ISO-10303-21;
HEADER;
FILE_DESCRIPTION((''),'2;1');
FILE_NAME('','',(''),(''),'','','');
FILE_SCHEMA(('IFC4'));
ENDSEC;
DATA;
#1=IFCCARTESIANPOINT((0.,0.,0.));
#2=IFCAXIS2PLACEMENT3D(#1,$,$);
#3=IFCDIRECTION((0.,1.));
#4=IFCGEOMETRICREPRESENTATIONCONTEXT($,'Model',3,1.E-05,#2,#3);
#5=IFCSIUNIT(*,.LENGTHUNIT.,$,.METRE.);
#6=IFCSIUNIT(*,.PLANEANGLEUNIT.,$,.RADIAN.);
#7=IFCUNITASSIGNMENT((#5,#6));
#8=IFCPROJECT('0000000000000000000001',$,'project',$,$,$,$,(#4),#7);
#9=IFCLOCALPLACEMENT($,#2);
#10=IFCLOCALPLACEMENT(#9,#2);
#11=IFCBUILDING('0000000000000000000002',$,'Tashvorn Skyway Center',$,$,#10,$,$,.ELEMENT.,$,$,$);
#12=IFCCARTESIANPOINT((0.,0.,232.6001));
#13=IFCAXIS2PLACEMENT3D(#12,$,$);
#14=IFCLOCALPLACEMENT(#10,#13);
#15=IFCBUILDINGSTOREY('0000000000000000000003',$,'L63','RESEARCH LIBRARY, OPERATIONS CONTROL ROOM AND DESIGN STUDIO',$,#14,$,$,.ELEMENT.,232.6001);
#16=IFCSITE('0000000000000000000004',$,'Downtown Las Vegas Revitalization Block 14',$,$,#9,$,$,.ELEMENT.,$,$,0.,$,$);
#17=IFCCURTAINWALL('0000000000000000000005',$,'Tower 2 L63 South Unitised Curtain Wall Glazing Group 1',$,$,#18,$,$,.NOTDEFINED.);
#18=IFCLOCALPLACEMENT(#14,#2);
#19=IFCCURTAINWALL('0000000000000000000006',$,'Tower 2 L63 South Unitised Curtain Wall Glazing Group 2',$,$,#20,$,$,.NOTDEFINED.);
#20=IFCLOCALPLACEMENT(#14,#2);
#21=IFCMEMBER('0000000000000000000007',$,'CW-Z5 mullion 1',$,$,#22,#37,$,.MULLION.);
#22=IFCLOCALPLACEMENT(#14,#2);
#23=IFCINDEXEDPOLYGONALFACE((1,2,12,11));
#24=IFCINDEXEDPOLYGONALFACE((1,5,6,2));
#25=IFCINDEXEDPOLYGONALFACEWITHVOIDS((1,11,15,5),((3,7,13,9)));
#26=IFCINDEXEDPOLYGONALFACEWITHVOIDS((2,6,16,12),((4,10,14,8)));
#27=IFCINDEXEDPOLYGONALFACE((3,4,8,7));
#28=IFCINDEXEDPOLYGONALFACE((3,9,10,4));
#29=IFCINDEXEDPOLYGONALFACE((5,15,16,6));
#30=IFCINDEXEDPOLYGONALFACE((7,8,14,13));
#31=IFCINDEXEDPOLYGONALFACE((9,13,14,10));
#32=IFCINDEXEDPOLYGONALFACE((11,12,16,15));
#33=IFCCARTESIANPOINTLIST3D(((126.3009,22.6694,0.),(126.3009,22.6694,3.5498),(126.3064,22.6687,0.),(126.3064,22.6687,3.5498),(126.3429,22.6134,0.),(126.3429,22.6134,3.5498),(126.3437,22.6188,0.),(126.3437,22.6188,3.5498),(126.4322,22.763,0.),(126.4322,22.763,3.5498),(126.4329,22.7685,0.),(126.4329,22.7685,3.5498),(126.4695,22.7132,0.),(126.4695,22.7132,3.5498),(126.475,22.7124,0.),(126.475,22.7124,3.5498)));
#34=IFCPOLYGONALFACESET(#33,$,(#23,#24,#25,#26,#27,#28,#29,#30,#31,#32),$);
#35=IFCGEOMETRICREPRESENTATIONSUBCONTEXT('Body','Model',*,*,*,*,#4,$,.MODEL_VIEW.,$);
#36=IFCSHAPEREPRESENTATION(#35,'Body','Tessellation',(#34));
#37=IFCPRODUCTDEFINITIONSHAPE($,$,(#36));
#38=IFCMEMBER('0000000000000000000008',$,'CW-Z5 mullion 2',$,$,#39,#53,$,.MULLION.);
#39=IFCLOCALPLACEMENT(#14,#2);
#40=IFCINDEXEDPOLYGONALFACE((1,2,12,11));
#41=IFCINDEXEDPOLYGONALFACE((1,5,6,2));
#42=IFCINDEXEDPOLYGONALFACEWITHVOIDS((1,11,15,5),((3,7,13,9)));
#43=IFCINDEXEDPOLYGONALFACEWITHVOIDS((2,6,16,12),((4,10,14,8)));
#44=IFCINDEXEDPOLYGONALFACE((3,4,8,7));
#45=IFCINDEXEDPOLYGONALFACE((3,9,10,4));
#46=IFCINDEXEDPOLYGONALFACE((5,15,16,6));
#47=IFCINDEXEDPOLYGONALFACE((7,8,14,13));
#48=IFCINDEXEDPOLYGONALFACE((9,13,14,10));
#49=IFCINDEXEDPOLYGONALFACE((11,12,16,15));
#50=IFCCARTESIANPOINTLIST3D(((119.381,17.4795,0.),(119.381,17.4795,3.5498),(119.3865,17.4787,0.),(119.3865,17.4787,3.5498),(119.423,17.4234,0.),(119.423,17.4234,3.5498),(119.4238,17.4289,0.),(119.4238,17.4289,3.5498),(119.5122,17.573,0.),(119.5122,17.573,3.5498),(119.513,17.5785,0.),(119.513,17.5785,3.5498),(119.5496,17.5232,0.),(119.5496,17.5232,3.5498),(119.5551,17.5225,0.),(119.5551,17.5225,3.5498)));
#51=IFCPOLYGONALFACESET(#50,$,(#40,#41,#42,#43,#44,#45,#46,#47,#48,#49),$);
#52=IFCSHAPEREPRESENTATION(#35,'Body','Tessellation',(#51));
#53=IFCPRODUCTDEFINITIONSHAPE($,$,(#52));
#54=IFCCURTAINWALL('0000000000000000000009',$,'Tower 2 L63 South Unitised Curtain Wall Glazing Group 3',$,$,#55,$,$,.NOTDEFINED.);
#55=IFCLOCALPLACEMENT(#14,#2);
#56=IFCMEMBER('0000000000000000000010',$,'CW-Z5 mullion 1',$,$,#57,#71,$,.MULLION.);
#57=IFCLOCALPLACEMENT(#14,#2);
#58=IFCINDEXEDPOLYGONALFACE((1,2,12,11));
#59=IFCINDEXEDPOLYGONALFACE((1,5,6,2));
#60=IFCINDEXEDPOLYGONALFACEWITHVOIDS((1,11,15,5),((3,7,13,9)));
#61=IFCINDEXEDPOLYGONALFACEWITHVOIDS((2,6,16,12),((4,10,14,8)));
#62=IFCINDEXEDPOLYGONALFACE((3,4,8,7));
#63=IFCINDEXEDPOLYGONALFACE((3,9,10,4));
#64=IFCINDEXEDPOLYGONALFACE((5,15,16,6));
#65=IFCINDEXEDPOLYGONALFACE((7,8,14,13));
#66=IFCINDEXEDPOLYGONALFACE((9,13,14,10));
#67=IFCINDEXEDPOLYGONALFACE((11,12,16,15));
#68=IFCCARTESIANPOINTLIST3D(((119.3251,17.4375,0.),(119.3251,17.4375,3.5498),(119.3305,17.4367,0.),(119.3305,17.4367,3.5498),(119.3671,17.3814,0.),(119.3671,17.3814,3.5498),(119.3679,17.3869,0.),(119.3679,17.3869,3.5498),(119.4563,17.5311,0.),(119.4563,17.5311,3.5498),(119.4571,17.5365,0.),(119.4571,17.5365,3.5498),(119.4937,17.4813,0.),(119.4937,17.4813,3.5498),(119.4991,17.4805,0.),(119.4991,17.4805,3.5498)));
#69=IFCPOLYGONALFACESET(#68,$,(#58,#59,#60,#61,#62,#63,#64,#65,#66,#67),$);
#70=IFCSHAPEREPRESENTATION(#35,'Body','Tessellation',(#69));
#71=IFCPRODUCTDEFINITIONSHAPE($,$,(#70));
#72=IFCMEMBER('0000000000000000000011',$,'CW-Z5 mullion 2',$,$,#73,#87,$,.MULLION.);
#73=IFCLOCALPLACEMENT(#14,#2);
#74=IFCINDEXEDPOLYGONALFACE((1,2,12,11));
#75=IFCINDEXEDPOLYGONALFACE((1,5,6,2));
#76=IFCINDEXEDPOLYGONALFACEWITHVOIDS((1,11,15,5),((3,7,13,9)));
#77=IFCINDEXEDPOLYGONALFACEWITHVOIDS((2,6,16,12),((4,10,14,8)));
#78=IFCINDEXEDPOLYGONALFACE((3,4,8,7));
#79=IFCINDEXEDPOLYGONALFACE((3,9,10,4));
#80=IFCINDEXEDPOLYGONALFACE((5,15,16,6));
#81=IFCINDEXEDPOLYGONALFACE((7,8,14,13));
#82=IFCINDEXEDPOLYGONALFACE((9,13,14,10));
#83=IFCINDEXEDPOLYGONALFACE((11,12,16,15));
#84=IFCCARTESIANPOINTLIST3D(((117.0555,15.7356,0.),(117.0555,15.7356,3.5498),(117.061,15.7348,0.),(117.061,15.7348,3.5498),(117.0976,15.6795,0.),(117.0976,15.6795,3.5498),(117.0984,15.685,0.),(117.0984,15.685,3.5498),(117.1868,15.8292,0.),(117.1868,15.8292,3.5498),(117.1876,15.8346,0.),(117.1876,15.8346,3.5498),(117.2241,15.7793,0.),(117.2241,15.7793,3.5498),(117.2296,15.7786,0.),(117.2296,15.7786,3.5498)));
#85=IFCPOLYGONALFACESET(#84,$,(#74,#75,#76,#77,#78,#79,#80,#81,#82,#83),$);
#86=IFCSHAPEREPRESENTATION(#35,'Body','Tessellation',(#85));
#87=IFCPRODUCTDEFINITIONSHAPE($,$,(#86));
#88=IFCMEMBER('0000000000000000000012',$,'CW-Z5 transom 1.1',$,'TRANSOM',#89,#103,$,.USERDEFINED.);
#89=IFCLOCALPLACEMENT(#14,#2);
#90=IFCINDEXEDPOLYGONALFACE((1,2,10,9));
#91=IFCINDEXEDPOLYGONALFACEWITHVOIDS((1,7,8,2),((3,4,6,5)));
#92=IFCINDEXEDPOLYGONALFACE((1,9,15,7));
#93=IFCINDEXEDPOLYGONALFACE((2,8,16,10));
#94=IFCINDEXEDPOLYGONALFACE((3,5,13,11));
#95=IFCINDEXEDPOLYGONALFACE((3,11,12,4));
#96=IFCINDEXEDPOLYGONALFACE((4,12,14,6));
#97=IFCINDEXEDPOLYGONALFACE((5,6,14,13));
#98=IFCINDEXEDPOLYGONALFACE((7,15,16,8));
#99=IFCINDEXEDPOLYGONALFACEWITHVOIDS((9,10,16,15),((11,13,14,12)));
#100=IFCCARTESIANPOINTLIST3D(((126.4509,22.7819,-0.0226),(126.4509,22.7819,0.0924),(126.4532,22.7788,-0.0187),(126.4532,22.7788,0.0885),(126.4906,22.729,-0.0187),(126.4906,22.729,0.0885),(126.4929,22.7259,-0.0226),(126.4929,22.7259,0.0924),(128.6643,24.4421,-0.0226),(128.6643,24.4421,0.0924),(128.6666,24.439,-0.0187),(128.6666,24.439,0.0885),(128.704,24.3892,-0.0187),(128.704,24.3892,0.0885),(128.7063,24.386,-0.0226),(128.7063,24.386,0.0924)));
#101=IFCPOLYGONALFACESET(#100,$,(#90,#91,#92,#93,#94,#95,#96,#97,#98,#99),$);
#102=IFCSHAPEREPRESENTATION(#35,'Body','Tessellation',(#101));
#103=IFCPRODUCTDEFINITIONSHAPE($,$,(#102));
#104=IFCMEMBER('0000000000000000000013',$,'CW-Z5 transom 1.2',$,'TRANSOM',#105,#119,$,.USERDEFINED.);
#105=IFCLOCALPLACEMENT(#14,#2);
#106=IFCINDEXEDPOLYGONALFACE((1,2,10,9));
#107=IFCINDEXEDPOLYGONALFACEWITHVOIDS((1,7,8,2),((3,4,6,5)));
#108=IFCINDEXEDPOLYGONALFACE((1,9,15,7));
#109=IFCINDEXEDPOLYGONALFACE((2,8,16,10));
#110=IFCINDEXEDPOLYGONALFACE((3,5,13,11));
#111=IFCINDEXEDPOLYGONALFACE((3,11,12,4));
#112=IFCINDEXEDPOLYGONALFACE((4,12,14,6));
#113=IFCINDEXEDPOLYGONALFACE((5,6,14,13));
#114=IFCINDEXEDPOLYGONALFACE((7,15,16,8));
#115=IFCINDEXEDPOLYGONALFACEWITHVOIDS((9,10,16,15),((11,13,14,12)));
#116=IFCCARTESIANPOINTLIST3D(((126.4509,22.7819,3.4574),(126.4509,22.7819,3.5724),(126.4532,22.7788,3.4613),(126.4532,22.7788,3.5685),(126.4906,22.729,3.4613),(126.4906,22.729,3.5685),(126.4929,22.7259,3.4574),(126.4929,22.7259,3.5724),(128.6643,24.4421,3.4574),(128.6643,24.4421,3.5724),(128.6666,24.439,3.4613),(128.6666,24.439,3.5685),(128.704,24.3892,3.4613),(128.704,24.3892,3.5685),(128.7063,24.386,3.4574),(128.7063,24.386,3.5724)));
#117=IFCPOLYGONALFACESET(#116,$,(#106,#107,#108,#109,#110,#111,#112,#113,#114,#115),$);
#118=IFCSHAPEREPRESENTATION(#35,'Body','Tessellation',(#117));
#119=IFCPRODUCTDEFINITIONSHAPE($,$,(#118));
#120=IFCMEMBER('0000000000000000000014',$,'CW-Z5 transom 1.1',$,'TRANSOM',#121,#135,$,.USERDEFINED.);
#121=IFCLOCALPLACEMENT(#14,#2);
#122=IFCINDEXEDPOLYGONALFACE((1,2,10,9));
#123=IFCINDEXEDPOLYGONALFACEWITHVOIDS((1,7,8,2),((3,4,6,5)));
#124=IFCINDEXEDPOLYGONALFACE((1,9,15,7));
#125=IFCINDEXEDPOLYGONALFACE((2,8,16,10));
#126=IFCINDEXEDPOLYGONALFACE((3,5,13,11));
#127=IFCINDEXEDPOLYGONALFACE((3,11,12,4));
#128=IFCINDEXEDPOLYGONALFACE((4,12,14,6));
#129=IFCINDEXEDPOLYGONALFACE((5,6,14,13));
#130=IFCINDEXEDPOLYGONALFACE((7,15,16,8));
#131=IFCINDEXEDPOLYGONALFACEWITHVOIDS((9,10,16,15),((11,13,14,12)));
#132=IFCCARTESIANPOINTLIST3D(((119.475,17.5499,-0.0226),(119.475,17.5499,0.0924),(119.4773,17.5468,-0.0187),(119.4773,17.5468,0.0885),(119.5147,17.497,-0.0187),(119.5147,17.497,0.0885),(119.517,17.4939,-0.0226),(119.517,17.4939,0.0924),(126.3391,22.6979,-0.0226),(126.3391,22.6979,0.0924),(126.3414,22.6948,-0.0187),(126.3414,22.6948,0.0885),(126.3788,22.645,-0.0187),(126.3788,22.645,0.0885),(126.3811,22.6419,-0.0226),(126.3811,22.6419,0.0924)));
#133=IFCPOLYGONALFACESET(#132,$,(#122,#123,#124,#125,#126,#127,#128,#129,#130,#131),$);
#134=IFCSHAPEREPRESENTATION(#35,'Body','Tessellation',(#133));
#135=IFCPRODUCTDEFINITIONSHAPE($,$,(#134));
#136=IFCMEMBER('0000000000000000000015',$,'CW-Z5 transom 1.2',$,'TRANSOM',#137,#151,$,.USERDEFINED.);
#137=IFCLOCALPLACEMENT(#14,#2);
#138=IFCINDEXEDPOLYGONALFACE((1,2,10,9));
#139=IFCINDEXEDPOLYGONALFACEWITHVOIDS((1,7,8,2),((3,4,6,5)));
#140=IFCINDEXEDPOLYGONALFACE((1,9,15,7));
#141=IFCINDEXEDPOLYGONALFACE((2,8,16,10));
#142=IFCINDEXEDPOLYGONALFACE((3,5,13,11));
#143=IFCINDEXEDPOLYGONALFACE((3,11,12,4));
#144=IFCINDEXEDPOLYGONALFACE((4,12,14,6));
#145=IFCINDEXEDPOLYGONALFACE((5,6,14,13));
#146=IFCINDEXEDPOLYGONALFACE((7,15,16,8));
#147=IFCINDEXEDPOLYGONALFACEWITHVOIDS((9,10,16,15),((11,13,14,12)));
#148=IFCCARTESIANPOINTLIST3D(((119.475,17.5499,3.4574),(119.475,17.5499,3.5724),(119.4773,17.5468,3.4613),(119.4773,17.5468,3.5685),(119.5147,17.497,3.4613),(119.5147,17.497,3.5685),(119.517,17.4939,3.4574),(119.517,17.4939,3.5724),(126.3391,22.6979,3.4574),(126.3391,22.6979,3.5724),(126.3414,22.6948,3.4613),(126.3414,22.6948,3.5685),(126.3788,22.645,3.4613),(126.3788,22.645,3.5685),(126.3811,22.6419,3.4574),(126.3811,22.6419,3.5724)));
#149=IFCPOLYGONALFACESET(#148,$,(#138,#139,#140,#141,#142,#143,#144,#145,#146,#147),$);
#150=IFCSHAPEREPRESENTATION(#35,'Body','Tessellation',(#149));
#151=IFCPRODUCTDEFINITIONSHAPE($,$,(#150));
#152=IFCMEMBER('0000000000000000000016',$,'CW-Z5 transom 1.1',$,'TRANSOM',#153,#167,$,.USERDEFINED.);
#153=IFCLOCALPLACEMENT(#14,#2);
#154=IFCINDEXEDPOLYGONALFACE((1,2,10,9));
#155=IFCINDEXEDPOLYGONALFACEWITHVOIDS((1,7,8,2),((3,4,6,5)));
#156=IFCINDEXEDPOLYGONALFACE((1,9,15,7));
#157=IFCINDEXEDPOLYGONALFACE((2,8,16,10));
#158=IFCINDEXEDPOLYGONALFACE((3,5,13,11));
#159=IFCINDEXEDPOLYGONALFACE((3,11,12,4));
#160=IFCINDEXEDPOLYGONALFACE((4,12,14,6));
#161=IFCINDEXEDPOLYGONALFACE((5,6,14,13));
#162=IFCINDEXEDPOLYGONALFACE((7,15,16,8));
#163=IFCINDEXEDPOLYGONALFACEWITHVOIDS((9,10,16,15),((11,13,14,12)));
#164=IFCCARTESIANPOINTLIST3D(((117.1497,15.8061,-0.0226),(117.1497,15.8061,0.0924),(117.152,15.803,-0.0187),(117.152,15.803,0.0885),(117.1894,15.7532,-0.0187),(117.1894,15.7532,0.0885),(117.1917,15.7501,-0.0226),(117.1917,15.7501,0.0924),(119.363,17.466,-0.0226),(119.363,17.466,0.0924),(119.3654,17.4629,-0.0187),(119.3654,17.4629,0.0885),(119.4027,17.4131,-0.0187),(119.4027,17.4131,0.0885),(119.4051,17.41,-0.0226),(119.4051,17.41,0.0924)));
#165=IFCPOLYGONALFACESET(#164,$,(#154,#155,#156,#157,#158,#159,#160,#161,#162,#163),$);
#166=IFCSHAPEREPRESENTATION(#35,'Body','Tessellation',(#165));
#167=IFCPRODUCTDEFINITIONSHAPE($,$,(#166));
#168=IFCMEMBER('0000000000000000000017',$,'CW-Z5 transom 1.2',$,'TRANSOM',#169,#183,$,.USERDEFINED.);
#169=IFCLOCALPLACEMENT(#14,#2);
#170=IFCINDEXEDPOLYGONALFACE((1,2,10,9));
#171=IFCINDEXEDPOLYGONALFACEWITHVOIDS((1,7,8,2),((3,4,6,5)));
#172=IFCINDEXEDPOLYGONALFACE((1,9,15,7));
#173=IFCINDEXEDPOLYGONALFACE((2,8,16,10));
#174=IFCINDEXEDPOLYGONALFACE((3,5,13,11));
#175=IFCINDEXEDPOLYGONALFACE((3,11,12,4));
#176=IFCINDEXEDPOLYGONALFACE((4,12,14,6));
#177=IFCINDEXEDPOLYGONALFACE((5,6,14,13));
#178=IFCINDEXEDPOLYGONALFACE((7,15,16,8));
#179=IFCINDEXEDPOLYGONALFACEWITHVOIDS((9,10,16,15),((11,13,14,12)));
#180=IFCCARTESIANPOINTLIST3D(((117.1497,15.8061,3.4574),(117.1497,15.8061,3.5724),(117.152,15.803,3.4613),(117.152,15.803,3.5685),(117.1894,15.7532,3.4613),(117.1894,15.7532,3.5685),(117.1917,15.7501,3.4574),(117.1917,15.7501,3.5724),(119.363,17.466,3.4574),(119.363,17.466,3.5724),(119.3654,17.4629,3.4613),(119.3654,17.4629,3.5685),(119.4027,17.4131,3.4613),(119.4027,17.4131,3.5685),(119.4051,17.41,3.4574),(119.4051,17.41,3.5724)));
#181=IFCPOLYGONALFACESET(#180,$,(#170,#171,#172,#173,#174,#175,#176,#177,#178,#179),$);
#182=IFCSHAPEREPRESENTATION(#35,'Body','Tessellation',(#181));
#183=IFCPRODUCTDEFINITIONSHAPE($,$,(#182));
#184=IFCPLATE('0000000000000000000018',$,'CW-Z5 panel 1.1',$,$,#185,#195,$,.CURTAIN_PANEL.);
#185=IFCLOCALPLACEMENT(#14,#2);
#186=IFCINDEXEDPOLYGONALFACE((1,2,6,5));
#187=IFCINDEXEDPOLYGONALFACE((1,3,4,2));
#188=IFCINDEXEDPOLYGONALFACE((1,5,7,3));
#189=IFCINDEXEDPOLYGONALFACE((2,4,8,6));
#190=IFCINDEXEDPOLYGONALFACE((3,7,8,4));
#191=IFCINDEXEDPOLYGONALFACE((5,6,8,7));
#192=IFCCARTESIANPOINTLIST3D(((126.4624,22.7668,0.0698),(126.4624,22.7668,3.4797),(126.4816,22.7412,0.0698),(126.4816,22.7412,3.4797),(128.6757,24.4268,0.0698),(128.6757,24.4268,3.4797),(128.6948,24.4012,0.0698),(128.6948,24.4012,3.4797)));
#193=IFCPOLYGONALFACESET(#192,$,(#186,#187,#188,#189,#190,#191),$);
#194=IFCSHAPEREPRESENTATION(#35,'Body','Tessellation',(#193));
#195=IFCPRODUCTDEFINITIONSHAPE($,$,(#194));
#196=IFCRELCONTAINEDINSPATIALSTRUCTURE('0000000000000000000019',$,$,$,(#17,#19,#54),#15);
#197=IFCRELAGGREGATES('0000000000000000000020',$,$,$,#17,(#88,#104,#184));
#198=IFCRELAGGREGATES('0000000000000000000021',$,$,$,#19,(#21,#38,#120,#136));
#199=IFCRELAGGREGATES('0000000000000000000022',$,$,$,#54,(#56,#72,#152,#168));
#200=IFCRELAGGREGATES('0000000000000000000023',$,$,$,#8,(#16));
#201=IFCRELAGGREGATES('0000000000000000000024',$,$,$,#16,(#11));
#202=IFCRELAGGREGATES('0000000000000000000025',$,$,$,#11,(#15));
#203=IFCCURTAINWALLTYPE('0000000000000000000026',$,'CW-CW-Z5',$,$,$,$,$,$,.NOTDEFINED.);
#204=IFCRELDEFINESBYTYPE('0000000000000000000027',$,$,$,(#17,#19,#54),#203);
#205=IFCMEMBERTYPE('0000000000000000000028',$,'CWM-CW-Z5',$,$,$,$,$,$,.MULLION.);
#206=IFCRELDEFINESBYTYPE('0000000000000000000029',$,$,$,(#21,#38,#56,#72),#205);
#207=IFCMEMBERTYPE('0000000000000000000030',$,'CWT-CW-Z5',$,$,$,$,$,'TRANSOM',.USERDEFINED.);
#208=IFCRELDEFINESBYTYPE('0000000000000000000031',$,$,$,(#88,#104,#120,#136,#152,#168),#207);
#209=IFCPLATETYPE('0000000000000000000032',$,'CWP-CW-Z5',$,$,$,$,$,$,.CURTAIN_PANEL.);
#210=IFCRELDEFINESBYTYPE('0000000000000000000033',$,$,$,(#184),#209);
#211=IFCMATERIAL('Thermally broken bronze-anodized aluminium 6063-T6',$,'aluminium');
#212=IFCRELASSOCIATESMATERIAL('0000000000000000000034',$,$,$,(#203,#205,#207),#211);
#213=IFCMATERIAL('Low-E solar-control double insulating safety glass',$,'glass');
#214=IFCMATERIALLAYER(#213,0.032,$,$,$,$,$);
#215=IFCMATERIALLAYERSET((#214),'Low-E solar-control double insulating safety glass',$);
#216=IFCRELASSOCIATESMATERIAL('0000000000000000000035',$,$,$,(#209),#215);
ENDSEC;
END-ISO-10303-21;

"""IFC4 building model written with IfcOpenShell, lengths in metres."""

from ifc_helpers import new_model, si_unit, direction, frame, origin, origin_2d, place, context, subcontext, project, spatial, rectangle, hollow_rectangle, extrude, material, layer, layer_set, material_profile, profile_set, type_object, element, aggregate, save


model = new_model("IFC4")

# Units and contexts
model_context = context("Model", 3, precision=1e-05, world=origin(), true_north=direction((0.0, 1.0)))
body_context = subcontext(model_context, "Body", "Model", "MODEL_VIEW")
ifc_project = project(units=[si_unit("LENGTHUNIT", "METRE"), si_unit("PLANEANGLEUNIT", "RADIAN")], contexts=[model_context])

# Site, building, storey
site_placement = place(None, origin())
site = spatial("IfcSite", under=ifc_project, at=site_placement, Name="Downtown Las Vegas Revitalization Block 14", CompositionType="ELEMENT", RefElevation=0.0)
building_placement = place(site_placement, origin())
building = spatial("IfcBuilding", under=site, at=building_placement, Name="Tashvorn Skyway Center", CompositionType="ELEMENT")
storey_placement = place(building_placement, frame((0.0, 0.0, 232.6001)))
storey = spatial("IfcBuildingStorey", under=building, at=storey_placement, Name="L63", Description="RESEARCH LIBRARY, OPERATIONS CONTROL ROOM AND DESIGN STUDIO", CompositionType="ELEMENT", Elevation=232.6001)

# Curtain walls, members
ifc_material_1 = material(Name="Thermally broken bronze-anodized aluminium 6063-T6", Category="aluminium")
curtain_wall_type = type_object("IfcCurtainWallType", Name="CW-CW-Z5", PredefinedType="NOTDEFINED", material=ifc_material_1)
curtain_wall_1_placement = place(storey_placement, origin())
curtain_wall_1 = element("IfcCurtainWall", 1, at=curtain_wall_1_placement, inside=storey, type_object=curtain_wall_type, Name="Tower 2 L63 South Unitised Curtain Wall Glazing Group 1", PredefinedType="NOTDEFINED")
ifc_material_profile_1 = material_profile(ifc_material_1, hollow_rectangle(XDim=0.0701, YDim=0.165, WallThickness=0.0039, at=origin_2d()), Name="ALU-MULL-70x165")
ifc_profile_set_1 = profile_set([ifc_material_profile_1], Name="Thermally broken bronze-anodized aluminium 6063-T6")
member_type_1 = type_object("IfcMemberType", Name="CWM-CW-Z5", PredefinedType="MULLION", material=ifc_profile_set_1)
curtain_wall_2_placement = place(storey_placement, origin())
curtain_wall_2 = element("IfcCurtainWall", 2, at=curtain_wall_2_placement, inside=storey, type_object=curtain_wall_type, Name="Tower 2 L63 South Unitised Curtain Wall Glazing Group 2", PredefinedType="NOTDEFINED")
member_1_placement = place(storey_placement, frame((126.3879, 22.6909, 0.0), z_axis=(0.0, 0.0, 1.0), x_axis=(0.6, -0.8, 0.0)))
member_1 = element("IfcMember", 3, at=member_1_placement, type_object=member_type_1, Name="CW-Z5 mullion 1", PredefinedType="MULLION", context=body_context, shape_type="SweptSolid", body=[
    extrude(hollow_rectangle(XDim=0.0701, YDim=0.165, WallThickness=0.0039, at=origin_2d()), origin(), (0.0, 0.0, 1.0), 3.5498),
])
member_2_placement = place(storey_placement, frame((119.468, 17.501, 0.0), z_axis=(0.0, 0.0, 1.0), x_axis=(0.6, -0.8, 0.0)))
member_2 = element("IfcMember", 4, at=member_2_placement, type_object=member_type_1, Name="CW-Z5 mullion 2", PredefinedType="MULLION", context=body_context, shape_type="SweptSolid", body=[
    extrude(hollow_rectangle(XDim=0.0701, YDim=0.165, WallThickness=0.0039, at=origin_2d()), origin(), (0.0, 0.0, 1.0), 3.5498),
])
curtain_wall_3_placement = place(storey_placement, origin())
curtain_wall_3 = element("IfcCurtainWall", 5, at=curtain_wall_3_placement, inside=storey, type_object=curtain_wall_type, Name="Tower 2 L63 South Unitised Curtain Wall Glazing Group 3", PredefinedType="NOTDEFINED")
member_3_placement = place(storey_placement, frame((119.4121, 17.459, 0.0), z_axis=(0.0, 0.0, 1.0), x_axis=(0.600006, -0.799996, 0.0)))
member_3 = element("IfcMember", 6, at=member_3_placement, type_object=member_type_1, Name="CW-Z5 mullion 1", PredefinedType="MULLION", context=body_context, shape_type="SweptSolid", body=[
    extrude(hollow_rectangle(XDim=0.0701, YDim=0.165, WallThickness=0.0039, at=origin_2d()), origin(), (0.0, 0.0, 1.0), 3.5498),
])
member_4_placement = place(storey_placement, frame((117.1426, 15.7571, 0.0), z_axis=(0.0, 0.0, 1.0), x_axis=(0.600006, -0.799996, 0.0)))
member_4 = element("IfcMember", 7, at=member_4_placement, type_object=member_type_1, Name="CW-Z5 mullion 2", PredefinedType="MULLION", context=body_context, shape_type="SweptSolid", body=[
    extrude(hollow_rectangle(XDim=0.0701, YDim=0.165, WallThickness=0.0039, at=origin_2d()), origin(), (0.0, 0.0, 1.0), 3.5498),
])

# Members
ifc_material_profile_2 = material_profile(ifc_material_1, hollow_rectangle(XDim=0.0701, YDim=0.115, WallThickness=0.0039, at=origin_2d()), Name="ALU-TRAN-70x115")
ifc_profile_set_2 = profile_set([ifc_material_profile_2], Name="Thermally broken bronze-anodized aluminium 6063-T6")
member_type_2 = type_object("IfcMemberType", Name="CWT-CW-Z5", ElementType="TRANSOM", PredefinedType="USERDEFINED", material=ifc_profile_set_2)
member_5_placement = place(storey_placement, frame((128.6853, 24.4141, 0.0349), z_axis=(-0.799979, -0.600028, 0.0), x_axis=(0.600028, -0.799979, 0.0)))
member_5 = element("IfcMember", 8, at=member_5_placement, type_object=member_type_2, Name="CW-Z5 transom 1.1", ObjectType="TRANSOM", PredefinedType="USERDEFINED", context=body_context, shape_type="SweptSolid", body=[
    extrude(hollow_rectangle(XDim=0.0701, YDim=0.115, WallThickness=0.0039, at=origin_2d()), origin(), (0.0, 0.0, 1.0), 2.7668),
])
member_6_placement = place(storey_placement, frame((128.6853, 24.4141, 3.5149), z_axis=(-0.799979, -0.600028, 0.0), x_axis=(0.600028, -0.799979, 0.0)))
member_6 = element("IfcMember", 9, at=member_6_placement, type_object=member_type_2, Name="CW-Z5 transom 1.2", ObjectType="TRANSOM", PredefinedType="USERDEFINED", context=body_context, shape_type="SweptSolid", body=[
    extrude(hollow_rectangle(XDim=0.0701, YDim=0.115, WallThickness=0.0039, at=origin_2d()), origin(), (0.0, 0.0, 1.0), 2.7668),
])
member_7_placement = place(storey_placement, frame((126.3601, 22.6699, 0.0349), z_axis=(-0.800003, -0.599995, 0.0), x_axis=(0.599995, -0.800003, 0.0)))
member_7 = element("IfcMember", 10, at=member_7_placement, type_object=member_type_2, Name="CW-Z5 transom 1.1", ObjectType="TRANSOM", PredefinedType="USERDEFINED", context=body_context, shape_type="SweptSolid", body=[
    extrude(hollow_rectangle(XDim=0.0701, YDim=0.115, WallThickness=0.0039, at=origin_2d()), origin(), (0.0, 0.0, 1.0), 8.5801),
])
member_8_placement = place(storey_placement, frame((126.3601, 22.6699, 3.5149), z_axis=(-0.800003, -0.599995, 0.0), x_axis=(0.599995, -0.800003, 0.0)))
member_8 = element("IfcMember", 11, at=member_8_placement, type_object=member_type_2, Name="CW-Z5 transom 1.2", ObjectType="TRANSOM", PredefinedType="USERDEFINED", context=body_context, shape_type="SweptSolid", body=[
    extrude(hollow_rectangle(XDim=0.0701, YDim=0.115, WallThickness=0.0039, at=origin_2d()), origin(), (0.0, 0.0, 1.0), 8.5801),
])
member_9_placement = place(storey_placement, frame((119.384, 17.438, 0.0349), z_axis=(-0.800021, -0.599972, 0.0), x_axis=(0.599972, -0.800021, 0.0)))
member_9 = element("IfcMember", 12, at=member_9_placement, type_object=member_type_2, Name="CW-Z5 transom 1.1", ObjectType="TRANSOM", PredefinedType="USERDEFINED", context=body_context, shape_type="SweptSolid", body=[
    extrude(hollow_rectangle(XDim=0.0701, YDim=0.115, WallThickness=0.0039, at=origin_2d()), origin(), (0.0, 0.0, 1.0), 2.7666),
])
member_10_placement = place(storey_placement, frame((119.384, 17.438, 3.5149), z_axis=(-0.800021, -0.599972, 0.0), x_axis=(0.599972, -0.800021, 0.0)))
member_10 = element("IfcMember", 13, at=member_10_placement, type_object=member_type_2, Name="CW-Z5 transom 1.2", ObjectType="TRANSOM", PredefinedType="USERDEFINED", context=body_context, shape_type="SweptSolid", body=[
    extrude(hollow_rectangle(XDim=0.0701, YDim=0.115, WallThickness=0.0039, at=origin_2d()), origin(), (0.0, 0.0, 1.0), 2.7666),
])

# Plate
ifc_material_2 = material(Name="Low-E solar-control double insulating safety glass", Category="glass")
ifc_layer_1 = layer(ifc_material_2, 0.032)
ifc_layer_set_1 = layer_set([ifc_layer_1], Name="Low-E solar-control double insulating safety glass")
plate_type_1 = type_object("IfcPlateType", Name="CWP-CW-Z5", PredefinedType="CURTAIN_PANEL", material=ifc_layer_set_1)
plate_1_placement = place(storey_placement, frame((127.5786, 23.584, 0.0698), z_axis=(0.0, 0.0, 1.0), x_axis=(-0.799996, -0.600006, 0.0)))
plate_1 = element("IfcPlate", 14, at=plate_1_placement, type_object=plate_type_1, Name="CW-Z5 panel 1.1", PredefinedType="CURTAIN_PANEL", context=body_context, shape_type="SweptSolid", body=[
    extrude(rectangle(XDim=2.7666, YDim=0.032, at=origin_2d()), origin(), (0.0, 0.0, 1.0), 3.4099),
])
aggregate(curtain_wall_1, [member_5, member_6, plate_1])
aggregate(curtain_wall_2, [member_1, member_2, member_7, member_8])
aggregate(curtain_wall_3, [member_3, member_4, member_9, member_10])

save(model, "model.ifc")
